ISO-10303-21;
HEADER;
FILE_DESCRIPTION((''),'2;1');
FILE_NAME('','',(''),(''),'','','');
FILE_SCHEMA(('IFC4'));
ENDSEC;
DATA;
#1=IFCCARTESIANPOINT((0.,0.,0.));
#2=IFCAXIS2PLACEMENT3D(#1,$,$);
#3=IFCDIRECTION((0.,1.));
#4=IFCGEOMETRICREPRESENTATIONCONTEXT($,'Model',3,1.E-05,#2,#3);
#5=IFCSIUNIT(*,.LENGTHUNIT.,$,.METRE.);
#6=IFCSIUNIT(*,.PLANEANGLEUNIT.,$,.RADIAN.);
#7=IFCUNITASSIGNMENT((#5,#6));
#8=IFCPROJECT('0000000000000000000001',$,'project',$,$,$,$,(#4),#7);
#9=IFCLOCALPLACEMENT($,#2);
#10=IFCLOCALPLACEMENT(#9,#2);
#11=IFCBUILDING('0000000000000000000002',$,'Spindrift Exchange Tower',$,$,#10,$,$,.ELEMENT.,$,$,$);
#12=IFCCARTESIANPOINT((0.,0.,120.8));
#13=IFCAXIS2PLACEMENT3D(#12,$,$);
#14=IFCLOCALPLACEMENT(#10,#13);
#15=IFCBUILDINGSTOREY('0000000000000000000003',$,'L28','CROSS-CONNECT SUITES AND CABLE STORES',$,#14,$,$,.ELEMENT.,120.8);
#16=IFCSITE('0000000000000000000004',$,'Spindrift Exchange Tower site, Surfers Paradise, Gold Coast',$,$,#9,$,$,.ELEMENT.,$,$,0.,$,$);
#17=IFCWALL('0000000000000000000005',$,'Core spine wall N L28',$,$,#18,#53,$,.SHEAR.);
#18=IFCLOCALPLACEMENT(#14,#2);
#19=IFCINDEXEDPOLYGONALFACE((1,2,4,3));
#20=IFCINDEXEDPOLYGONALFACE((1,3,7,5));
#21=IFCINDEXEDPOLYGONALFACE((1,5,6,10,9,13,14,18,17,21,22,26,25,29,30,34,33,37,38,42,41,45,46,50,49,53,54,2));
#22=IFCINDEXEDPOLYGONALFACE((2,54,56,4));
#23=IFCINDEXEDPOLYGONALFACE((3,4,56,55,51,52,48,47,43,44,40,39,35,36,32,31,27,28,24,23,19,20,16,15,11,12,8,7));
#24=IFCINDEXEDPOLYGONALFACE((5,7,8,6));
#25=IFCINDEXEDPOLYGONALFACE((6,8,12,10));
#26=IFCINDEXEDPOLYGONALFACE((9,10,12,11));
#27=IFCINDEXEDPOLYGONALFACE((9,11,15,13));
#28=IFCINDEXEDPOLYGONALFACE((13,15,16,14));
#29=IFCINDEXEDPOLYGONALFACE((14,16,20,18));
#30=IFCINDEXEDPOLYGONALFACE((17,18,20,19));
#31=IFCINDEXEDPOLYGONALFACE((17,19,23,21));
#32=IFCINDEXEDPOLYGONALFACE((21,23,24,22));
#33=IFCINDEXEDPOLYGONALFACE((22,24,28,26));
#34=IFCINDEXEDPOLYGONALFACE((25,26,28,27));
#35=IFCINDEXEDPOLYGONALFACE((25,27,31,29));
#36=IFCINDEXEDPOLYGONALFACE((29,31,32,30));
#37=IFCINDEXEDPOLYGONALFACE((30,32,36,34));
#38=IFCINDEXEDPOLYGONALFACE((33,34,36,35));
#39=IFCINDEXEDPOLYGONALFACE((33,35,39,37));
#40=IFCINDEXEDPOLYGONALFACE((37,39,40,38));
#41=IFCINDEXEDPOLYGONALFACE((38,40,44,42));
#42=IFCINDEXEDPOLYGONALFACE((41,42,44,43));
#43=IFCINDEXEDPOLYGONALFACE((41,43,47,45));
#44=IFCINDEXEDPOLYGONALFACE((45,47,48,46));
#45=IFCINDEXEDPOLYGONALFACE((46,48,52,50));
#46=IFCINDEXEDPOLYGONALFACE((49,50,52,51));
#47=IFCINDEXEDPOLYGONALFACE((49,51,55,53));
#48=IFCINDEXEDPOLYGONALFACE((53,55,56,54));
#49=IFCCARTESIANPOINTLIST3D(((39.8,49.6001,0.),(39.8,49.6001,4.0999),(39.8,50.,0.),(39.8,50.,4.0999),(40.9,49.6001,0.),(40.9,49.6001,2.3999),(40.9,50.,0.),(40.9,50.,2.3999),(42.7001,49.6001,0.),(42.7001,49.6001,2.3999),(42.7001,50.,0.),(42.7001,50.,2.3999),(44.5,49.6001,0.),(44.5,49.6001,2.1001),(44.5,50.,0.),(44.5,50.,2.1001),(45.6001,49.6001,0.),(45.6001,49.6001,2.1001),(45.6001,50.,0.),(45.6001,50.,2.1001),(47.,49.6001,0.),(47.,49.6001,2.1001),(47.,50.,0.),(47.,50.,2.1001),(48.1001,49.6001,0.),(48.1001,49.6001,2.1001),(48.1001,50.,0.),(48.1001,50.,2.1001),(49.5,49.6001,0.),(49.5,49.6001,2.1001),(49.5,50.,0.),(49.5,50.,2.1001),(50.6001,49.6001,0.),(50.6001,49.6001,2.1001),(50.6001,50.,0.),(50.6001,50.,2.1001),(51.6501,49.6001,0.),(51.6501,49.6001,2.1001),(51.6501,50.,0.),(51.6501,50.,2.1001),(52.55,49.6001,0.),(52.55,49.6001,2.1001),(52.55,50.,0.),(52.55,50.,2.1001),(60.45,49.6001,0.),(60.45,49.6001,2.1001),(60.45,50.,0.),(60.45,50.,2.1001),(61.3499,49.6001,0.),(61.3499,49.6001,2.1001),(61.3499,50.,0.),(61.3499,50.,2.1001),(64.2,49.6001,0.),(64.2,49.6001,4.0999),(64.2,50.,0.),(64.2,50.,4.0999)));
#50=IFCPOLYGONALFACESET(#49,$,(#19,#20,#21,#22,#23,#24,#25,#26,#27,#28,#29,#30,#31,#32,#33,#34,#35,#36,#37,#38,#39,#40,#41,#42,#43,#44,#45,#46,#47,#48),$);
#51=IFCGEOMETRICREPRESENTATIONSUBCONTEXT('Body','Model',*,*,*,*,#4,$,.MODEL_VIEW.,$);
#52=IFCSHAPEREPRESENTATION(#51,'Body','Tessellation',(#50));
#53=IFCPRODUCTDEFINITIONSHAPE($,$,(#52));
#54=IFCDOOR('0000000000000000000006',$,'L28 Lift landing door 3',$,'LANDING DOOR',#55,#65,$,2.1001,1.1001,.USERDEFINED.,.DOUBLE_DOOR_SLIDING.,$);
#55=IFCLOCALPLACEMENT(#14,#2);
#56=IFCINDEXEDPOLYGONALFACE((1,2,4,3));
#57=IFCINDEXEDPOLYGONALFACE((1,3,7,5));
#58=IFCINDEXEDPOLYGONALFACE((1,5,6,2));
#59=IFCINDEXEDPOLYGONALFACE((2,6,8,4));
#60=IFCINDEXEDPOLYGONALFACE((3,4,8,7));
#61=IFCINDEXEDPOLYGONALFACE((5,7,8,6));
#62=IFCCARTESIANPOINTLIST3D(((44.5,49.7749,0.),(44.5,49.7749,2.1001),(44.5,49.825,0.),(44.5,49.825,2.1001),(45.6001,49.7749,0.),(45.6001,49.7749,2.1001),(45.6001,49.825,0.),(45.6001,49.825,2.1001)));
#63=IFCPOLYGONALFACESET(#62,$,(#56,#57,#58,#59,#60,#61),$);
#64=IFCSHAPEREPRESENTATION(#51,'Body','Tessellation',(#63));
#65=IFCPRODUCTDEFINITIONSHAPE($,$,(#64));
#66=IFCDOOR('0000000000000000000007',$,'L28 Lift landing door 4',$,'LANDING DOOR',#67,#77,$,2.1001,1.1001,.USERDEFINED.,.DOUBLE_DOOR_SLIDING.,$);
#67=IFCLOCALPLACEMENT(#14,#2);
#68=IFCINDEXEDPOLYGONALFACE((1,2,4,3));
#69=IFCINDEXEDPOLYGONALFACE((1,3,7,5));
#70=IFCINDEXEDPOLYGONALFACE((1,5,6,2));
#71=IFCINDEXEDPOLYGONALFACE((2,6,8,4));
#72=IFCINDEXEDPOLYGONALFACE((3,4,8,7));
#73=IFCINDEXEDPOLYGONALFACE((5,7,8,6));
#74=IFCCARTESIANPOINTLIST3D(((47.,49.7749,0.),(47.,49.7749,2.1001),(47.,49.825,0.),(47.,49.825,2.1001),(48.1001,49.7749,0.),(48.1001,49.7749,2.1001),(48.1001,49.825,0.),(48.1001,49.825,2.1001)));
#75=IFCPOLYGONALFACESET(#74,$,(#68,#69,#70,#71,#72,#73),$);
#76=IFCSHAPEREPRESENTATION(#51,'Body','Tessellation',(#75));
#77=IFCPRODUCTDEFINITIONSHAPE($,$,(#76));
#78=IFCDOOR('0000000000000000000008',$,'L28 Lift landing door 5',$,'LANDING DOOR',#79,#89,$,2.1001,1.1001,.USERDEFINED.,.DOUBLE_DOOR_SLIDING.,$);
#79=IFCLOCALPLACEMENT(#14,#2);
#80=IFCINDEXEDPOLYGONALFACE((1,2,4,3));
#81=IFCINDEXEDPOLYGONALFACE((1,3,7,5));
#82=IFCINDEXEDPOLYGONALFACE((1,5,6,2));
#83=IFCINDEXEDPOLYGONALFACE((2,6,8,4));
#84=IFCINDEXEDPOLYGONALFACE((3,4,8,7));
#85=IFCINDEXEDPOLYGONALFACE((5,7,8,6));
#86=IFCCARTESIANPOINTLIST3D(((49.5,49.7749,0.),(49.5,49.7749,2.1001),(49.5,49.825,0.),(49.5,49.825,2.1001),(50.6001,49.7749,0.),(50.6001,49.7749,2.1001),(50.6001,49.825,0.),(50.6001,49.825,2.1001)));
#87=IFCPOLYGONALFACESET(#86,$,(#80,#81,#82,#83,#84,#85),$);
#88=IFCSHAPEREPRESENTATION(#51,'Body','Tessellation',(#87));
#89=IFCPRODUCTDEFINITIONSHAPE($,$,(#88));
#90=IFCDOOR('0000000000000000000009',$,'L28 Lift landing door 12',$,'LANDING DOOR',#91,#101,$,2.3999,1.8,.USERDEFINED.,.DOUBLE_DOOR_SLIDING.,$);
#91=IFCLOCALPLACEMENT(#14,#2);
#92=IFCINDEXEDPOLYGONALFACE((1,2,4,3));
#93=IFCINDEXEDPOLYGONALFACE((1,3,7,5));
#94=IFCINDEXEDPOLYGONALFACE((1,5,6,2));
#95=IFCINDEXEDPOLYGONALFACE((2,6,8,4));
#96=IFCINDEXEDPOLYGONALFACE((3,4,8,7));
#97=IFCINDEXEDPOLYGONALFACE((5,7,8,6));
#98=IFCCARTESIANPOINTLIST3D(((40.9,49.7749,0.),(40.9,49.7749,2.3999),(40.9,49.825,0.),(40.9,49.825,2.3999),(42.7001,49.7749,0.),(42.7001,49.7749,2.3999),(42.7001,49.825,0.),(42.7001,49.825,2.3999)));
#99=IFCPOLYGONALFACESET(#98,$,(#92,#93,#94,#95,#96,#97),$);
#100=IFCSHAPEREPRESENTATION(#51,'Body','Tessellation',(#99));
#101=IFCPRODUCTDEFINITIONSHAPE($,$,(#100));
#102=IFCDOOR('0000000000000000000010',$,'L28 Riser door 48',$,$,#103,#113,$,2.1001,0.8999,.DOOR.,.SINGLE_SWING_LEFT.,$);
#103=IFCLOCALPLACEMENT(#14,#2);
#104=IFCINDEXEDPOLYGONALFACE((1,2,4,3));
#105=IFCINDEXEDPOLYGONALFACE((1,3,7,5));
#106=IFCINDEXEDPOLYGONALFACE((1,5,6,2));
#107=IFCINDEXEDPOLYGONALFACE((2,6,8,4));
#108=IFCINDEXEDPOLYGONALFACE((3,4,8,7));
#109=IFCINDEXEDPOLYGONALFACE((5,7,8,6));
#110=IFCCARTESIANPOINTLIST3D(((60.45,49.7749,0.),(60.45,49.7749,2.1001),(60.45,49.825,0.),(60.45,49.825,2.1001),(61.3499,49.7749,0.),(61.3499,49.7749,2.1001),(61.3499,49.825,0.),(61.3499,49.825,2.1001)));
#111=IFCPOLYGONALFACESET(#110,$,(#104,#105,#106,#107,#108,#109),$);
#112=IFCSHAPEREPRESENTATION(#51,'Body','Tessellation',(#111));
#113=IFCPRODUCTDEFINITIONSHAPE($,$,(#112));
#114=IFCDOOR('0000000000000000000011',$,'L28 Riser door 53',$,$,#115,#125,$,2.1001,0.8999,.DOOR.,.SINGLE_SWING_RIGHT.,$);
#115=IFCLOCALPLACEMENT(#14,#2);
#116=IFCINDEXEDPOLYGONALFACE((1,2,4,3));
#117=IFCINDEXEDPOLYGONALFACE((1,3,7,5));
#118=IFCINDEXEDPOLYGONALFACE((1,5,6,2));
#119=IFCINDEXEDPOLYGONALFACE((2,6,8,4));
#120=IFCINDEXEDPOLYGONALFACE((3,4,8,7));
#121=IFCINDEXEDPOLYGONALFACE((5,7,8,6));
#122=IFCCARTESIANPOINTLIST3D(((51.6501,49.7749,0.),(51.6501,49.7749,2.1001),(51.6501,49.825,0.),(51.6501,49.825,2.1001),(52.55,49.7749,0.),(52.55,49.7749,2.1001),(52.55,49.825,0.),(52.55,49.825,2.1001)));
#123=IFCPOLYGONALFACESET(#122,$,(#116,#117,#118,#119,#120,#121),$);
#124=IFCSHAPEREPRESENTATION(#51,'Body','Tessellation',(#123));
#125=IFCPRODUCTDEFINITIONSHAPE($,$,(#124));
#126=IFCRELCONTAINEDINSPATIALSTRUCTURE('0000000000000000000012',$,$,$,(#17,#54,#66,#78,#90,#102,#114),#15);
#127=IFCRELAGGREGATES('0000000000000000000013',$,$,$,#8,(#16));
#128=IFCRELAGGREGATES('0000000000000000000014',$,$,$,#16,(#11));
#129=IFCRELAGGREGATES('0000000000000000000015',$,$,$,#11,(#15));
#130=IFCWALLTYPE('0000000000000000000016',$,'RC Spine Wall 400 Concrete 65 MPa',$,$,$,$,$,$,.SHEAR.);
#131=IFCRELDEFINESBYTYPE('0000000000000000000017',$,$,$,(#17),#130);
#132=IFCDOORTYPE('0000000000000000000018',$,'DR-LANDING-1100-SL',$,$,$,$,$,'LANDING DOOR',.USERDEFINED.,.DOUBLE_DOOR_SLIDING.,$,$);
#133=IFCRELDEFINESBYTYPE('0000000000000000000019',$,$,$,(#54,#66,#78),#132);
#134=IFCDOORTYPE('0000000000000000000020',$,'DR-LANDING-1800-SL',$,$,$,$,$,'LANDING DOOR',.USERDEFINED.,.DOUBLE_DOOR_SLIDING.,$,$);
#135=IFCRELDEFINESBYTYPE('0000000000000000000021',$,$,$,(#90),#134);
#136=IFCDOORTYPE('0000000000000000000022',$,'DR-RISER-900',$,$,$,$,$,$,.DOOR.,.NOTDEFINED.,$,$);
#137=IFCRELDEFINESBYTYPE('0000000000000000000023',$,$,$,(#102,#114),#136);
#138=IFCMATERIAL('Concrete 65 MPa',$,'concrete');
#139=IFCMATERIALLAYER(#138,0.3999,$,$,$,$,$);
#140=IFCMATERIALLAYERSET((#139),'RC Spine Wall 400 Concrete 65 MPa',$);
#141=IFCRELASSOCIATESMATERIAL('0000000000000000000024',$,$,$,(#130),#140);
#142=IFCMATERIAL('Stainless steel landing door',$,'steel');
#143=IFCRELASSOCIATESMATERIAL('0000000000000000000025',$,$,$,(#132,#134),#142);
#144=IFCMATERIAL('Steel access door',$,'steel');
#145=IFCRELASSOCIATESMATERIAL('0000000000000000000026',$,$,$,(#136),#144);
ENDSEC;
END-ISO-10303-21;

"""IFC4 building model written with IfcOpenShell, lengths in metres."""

from ifc_helpers import new_model, si_unit, direction, frame, frame_2d, origin, place, context, subcontext, project, spatial, rectangle, extrude, source, transform, mapped, material, layer, layer_set, type_object, element, fill, save


model = new_model("IFC4")

# Units and contexts
model_context = context("Model", 3, precision=1e-05, world=origin(), true_north=direction((0.0, 1.0)))
body_context = subcontext(model_context, "Body", "Model", "MODEL_VIEW")
ifc_project = project(units=[si_unit("LENGTHUNIT", "METRE"), si_unit("PLANEANGLEUNIT", "RADIAN")], contexts=[model_context])

# Site, building, storey
site_placement = place(None, origin())
site = spatial("IfcSite", under=ifc_project, at=site_placement, Name="Spindrift Exchange Tower site, Surfers Paradise, Gold Coast", CompositionType="ELEMENT", RefElevation=0.0)
building_placement = place(site_placement, origin())
building = spatial("IfcBuilding", under=site, at=building_placement, Name="Spindrift Exchange Tower", CompositionType="ELEMENT")
storey_placement = place(building_placement, frame((0.0, 0.0, 120.8)))
storey = spatial("IfcBuildingStorey", under=building, at=storey_placement, Name="L28", Description="CROSS-CONNECT SUITES AND CABLE STORES", CompositionType="ELEMENT", Elevation=120.8)

# Shared definitions
ifc_material_1 = material(Name="Concrete 65 MPa", Category="concrete")

# Wall, openings, doors
ifc_layer_1 = layer(ifc_material_1, 0.3999)
ifc_layer_set_1 = layer_set([ifc_layer_1], Name="RC Spine Wall 400 Concrete 65 MPa")
wall_type_1 = type_object("IfcWallType", Name="RC Spine Wall 400 Concrete 65 MPa", PredefinedType="SHEAR", material=ifc_layer_set_1)
wall_1_placement = place(storey_placement, frame((39.8, 49.8, 0.0), z_axis=(0.0, 0.0, 1.0), x_axis=(1.0, 0.0, 0.0)))
wall_1 = element("IfcWall", 1, at=wall_1_placement, inside=storey, type_object=wall_type_1, Name="Core spine wall N L28", PredefinedType="SHEAR", context=body_context, shape_type="SweptSolid", body=[
    extrude(rectangle(XDim=24.3999, YDim=0.3999, at=frame_2d((12.2, 0.0))), origin(), (0.0, 0.0, 1.0), 4.0999),
])
opening_1_placement = place(wall_1_placement, frame((4.7, 0.0, 0.0)))
opening_1 = element("IfcOpeningElement", 2, at=opening_1_placement, cuts=wall_1, PredefinedType="OPENING", context=body_context, shape_type="SweptSolid", body=[
    extrude(rectangle(XDim=1.1001, YDim=2.1001, at=frame_2d((0.55, 1.05))), frame((0.0, 0.21, 0.0), z_axis=(0.0, -1.0, 0.0), x_axis=(1.0, 0.0, 0.0)), (0.0, 0.0, 1.0), 0.4199),
])
opening_2_placement = place(wall_1_placement, frame((7.2, 0.0, 0.0)))
opening_2 = element("IfcOpeningElement", 3, at=opening_2_placement, cuts=wall_1, PredefinedType="OPENING", context=body_context, shape_type="SweptSolid", body=[
    extrude(rectangle(XDim=1.1001, YDim=2.1001, at=frame_2d((0.55, 1.05))), frame((0.0, 0.21, 0.0), z_axis=(0.0, -1.0, 0.0), x_axis=(1.0, 0.0, 0.0)), (0.0, 0.0, 1.0), 0.4199),
])
opening_3_placement = place(wall_1_placement, frame((9.7, 0.0, 0.0)))
opening_3 = element("IfcOpeningElement", 4, at=opening_3_placement, cuts=wall_1, PredefinedType="OPENING", context=body_context, shape_type="SweptSolid", body=[
    extrude(rectangle(XDim=1.1001, YDim=2.1001, at=frame_2d((0.55, 1.05))), frame((0.0, 0.21, 0.0), z_axis=(0.0, -1.0, 0.0), x_axis=(1.0, 0.0, 0.0)), (0.0, 0.0, 1.0), 0.4199),
])
opening_4_placement = place(wall_1_placement, frame((1.1001, 0.0, 0.0)))
opening_4 = element("IfcOpeningElement", 5, at=opening_4_placement, cuts=wall_1, PredefinedType="OPENING", context=body_context, shape_type="SweptSolid", body=[
    extrude(rectangle(XDim=1.8, YDim=2.3999, at=frame_2d((0.8999, 1.2))), frame((0.0, 0.21, 0.0), z_axis=(0.0, -1.0, 0.0), x_axis=(1.0, 0.0, 0.0)), (0.0, 0.0, 1.0), 0.4199),
])
opening_5_placement = place(wall_1_placement, frame((20.6499, 0.0, 0.0)))
opening_5 = element("IfcOpeningElement", 6, at=opening_5_placement, cuts=wall_1, PredefinedType="OPENING", context=body_context, shape_type="SweptSolid", body=[
    extrude(rectangle(XDim=0.8999, YDim=2.1001, at=frame_2d((0.45, 1.05))), frame((0.0, 0.21, 0.0), z_axis=(0.0, -1.0, 0.0), x_axis=(1.0, 0.0, 0.0)), (0.0, 0.0, 1.0), 0.4199),
])
opening_6_placement = place(wall_1_placement, frame((11.8501, 0.0, 0.0)))
opening_6 = element("IfcOpeningElement", 7, at=opening_6_placement, cuts=wall_1, PredefinedType="OPENING", context=body_context, shape_type="SweptSolid", body=[
    extrude(rectangle(XDim=0.8999, YDim=2.1001, at=frame_2d((0.45, 1.05))), frame((0.0, 0.21, 0.0), z_axis=(0.0, -1.0, 0.0), x_axis=(1.0, 0.0, 0.0)), (0.0, 0.0, 1.0), 0.4199),
])
ifc_material_2 = material(Name="Stainless steel landing door", Category="steel")
door_type_1 = type_object("IfcDoorType", Name="DR-LANDING-1100-SL", ElementType="LANDING DOOR", OperationType="DOUBLE_DOOR_SLIDING", PredefinedType="USERDEFINED", material=ifc_material_2)
shared_shape_1 = source(origin(), body_context, "Body", "SweptSolid", [
    extrude(rectangle(XDim=1.1001, YDim=2.1001, at=frame_2d((0.55, 1.05))), frame((0.0, 0.0249, 0.0), z_axis=(0.0, -1.0, 0.0), x_axis=(1.0, 0.0, 0.0)), (0.0, 0.0, 1.0), 0.05),
])
door_1_placement = place(opening_1_placement, origin())
door_1 = element("IfcDoor", 8, at=door_1_placement, inside=storey, type_object=door_type_1, Name="L28 Lift landing door 3", ObjectType="LANDING DOOR", OperationType="DOUBLE_DOOR_SLIDING", OverallHeight=2.1001, OverallWidth=1.1001, PredefinedType="USERDEFINED", context=body_context, shape_type="MappedRepresentation", body=[
    mapped(shared_shape_1, transform((0.0, 0.0, 0.0), scale=1.0)),
])
fill(opening_1, door_1)
door_2_placement = place(opening_2_placement, origin())
door_2 = element("IfcDoor", 9, at=door_2_placement, inside=storey, type_object=door_type_1, Name="L28 Lift landing door 4", ObjectType="LANDING DOOR", OperationType="DOUBLE_DOOR_SLIDING", OverallHeight=2.1001, OverallWidth=1.1001, PredefinedType="USERDEFINED", context=body_context, shape_type="MappedRepresentation", body=[
    mapped(shared_shape_1, transform((0.0, 0.0, 0.0), scale=1.0)),
])
fill(opening_2, door_2)
door_3_placement = place(opening_3_placement, origin())
door_3 = element("IfcDoor", 10, at=door_3_placement, inside=storey, type_object=door_type_1, Name="L28 Lift landing door 5", ObjectType="LANDING DOOR", OperationType="DOUBLE_DOOR_SLIDING", OverallHeight=2.1001, OverallWidth=1.1001, PredefinedType="USERDEFINED", context=body_context, shape_type="MappedRepresentation", body=[
    mapped(shared_shape_1, transform((0.0, 0.0, 0.0), scale=1.0)),
])
fill(opening_3, door_3)
door_type_2 = type_object("IfcDoorType", Name="DR-LANDING-1800-SL", ElementType="LANDING DOOR", OperationType="DOUBLE_DOOR_SLIDING", PredefinedType="USERDEFINED", material=ifc_material_2)
shared_shape_2 = source(origin(), body_context, "Body", "SweptSolid", [
    extrude(rectangle(XDim=1.8, YDim=2.3999, at=frame_2d((0.8999, 1.2))), frame((0.0, 0.0249, 0.0), z_axis=(0.0, -1.0, 0.0), x_axis=(1.0, 0.0, 0.0)), (0.0, 0.0, 1.0), 0.05),
])
door_4_placement = place(opening_4_placement, origin())
door_4 = element("IfcDoor", 11, at=door_4_placement, inside=storey, type_object=door_type_2, Name="L28 Lift landing door 12", ObjectType="LANDING DOOR", OperationType="DOUBLE_DOOR_SLIDING", OverallHeight=2.3999, OverallWidth=1.8, PredefinedType="USERDEFINED", context=body_context, shape_type="MappedRepresentation", body=[
    mapped(shared_shape_2, transform((0.0, 0.0, 0.0), scale=1.0)),
])
fill(opening_4, door_4)
ifc_material_3 = material(Name="Steel access door", Category="steel")
door_type_3 = type_object("IfcDoorType", Name="DR-RISER-900", OperationType="NOTDEFINED", PredefinedType="DOOR", material=ifc_material_3)
shared_shape_3 = source(origin(), body_context, "Body", "SweptSolid", [
    extrude(rectangle(XDim=0.8999, YDim=2.1001, at=frame_2d((0.45, 1.05))), frame((0.0, 0.0249, 0.0), z_axis=(0.0, -1.0, 0.0), x_axis=(1.0, 0.0, 0.0)), (0.0, 0.0, 1.0), 0.05),
])
door_5_placement = place(opening_5_placement, origin())
door_5 = element("IfcDoor", 12, at=door_5_placement, inside=storey, type_object=door_type_3, Name="L28 Riser door 48", OperationType="SINGLE_SWING_LEFT", OverallHeight=2.1001, OverallWidth=0.8999, PredefinedType="DOOR", context=body_context, shape_type="MappedRepresentation", body=[
    mapped(shared_shape_3, transform((0.0, 0.0, 0.0), scale=1.0)),
])
fill(opening_5, door_5)
door_6_placement = place(opening_6_placement, origin())
door_6 = element("IfcDoor", 13, at=door_6_placement, inside=storey, type_object=door_type_3, Name="L28 Riser door 53", OperationType="SINGLE_SWING_RIGHT", OverallHeight=2.1001, OverallWidth=0.8999, PredefinedType="DOOR", context=body_context, shape_type="MappedRepresentation", body=[
    mapped(shared_shape_3, transform((0.0, 0.0, 0.0), scale=1.0)),
])
fill(opening_6, door_6)

save(model, "model.ifc")
